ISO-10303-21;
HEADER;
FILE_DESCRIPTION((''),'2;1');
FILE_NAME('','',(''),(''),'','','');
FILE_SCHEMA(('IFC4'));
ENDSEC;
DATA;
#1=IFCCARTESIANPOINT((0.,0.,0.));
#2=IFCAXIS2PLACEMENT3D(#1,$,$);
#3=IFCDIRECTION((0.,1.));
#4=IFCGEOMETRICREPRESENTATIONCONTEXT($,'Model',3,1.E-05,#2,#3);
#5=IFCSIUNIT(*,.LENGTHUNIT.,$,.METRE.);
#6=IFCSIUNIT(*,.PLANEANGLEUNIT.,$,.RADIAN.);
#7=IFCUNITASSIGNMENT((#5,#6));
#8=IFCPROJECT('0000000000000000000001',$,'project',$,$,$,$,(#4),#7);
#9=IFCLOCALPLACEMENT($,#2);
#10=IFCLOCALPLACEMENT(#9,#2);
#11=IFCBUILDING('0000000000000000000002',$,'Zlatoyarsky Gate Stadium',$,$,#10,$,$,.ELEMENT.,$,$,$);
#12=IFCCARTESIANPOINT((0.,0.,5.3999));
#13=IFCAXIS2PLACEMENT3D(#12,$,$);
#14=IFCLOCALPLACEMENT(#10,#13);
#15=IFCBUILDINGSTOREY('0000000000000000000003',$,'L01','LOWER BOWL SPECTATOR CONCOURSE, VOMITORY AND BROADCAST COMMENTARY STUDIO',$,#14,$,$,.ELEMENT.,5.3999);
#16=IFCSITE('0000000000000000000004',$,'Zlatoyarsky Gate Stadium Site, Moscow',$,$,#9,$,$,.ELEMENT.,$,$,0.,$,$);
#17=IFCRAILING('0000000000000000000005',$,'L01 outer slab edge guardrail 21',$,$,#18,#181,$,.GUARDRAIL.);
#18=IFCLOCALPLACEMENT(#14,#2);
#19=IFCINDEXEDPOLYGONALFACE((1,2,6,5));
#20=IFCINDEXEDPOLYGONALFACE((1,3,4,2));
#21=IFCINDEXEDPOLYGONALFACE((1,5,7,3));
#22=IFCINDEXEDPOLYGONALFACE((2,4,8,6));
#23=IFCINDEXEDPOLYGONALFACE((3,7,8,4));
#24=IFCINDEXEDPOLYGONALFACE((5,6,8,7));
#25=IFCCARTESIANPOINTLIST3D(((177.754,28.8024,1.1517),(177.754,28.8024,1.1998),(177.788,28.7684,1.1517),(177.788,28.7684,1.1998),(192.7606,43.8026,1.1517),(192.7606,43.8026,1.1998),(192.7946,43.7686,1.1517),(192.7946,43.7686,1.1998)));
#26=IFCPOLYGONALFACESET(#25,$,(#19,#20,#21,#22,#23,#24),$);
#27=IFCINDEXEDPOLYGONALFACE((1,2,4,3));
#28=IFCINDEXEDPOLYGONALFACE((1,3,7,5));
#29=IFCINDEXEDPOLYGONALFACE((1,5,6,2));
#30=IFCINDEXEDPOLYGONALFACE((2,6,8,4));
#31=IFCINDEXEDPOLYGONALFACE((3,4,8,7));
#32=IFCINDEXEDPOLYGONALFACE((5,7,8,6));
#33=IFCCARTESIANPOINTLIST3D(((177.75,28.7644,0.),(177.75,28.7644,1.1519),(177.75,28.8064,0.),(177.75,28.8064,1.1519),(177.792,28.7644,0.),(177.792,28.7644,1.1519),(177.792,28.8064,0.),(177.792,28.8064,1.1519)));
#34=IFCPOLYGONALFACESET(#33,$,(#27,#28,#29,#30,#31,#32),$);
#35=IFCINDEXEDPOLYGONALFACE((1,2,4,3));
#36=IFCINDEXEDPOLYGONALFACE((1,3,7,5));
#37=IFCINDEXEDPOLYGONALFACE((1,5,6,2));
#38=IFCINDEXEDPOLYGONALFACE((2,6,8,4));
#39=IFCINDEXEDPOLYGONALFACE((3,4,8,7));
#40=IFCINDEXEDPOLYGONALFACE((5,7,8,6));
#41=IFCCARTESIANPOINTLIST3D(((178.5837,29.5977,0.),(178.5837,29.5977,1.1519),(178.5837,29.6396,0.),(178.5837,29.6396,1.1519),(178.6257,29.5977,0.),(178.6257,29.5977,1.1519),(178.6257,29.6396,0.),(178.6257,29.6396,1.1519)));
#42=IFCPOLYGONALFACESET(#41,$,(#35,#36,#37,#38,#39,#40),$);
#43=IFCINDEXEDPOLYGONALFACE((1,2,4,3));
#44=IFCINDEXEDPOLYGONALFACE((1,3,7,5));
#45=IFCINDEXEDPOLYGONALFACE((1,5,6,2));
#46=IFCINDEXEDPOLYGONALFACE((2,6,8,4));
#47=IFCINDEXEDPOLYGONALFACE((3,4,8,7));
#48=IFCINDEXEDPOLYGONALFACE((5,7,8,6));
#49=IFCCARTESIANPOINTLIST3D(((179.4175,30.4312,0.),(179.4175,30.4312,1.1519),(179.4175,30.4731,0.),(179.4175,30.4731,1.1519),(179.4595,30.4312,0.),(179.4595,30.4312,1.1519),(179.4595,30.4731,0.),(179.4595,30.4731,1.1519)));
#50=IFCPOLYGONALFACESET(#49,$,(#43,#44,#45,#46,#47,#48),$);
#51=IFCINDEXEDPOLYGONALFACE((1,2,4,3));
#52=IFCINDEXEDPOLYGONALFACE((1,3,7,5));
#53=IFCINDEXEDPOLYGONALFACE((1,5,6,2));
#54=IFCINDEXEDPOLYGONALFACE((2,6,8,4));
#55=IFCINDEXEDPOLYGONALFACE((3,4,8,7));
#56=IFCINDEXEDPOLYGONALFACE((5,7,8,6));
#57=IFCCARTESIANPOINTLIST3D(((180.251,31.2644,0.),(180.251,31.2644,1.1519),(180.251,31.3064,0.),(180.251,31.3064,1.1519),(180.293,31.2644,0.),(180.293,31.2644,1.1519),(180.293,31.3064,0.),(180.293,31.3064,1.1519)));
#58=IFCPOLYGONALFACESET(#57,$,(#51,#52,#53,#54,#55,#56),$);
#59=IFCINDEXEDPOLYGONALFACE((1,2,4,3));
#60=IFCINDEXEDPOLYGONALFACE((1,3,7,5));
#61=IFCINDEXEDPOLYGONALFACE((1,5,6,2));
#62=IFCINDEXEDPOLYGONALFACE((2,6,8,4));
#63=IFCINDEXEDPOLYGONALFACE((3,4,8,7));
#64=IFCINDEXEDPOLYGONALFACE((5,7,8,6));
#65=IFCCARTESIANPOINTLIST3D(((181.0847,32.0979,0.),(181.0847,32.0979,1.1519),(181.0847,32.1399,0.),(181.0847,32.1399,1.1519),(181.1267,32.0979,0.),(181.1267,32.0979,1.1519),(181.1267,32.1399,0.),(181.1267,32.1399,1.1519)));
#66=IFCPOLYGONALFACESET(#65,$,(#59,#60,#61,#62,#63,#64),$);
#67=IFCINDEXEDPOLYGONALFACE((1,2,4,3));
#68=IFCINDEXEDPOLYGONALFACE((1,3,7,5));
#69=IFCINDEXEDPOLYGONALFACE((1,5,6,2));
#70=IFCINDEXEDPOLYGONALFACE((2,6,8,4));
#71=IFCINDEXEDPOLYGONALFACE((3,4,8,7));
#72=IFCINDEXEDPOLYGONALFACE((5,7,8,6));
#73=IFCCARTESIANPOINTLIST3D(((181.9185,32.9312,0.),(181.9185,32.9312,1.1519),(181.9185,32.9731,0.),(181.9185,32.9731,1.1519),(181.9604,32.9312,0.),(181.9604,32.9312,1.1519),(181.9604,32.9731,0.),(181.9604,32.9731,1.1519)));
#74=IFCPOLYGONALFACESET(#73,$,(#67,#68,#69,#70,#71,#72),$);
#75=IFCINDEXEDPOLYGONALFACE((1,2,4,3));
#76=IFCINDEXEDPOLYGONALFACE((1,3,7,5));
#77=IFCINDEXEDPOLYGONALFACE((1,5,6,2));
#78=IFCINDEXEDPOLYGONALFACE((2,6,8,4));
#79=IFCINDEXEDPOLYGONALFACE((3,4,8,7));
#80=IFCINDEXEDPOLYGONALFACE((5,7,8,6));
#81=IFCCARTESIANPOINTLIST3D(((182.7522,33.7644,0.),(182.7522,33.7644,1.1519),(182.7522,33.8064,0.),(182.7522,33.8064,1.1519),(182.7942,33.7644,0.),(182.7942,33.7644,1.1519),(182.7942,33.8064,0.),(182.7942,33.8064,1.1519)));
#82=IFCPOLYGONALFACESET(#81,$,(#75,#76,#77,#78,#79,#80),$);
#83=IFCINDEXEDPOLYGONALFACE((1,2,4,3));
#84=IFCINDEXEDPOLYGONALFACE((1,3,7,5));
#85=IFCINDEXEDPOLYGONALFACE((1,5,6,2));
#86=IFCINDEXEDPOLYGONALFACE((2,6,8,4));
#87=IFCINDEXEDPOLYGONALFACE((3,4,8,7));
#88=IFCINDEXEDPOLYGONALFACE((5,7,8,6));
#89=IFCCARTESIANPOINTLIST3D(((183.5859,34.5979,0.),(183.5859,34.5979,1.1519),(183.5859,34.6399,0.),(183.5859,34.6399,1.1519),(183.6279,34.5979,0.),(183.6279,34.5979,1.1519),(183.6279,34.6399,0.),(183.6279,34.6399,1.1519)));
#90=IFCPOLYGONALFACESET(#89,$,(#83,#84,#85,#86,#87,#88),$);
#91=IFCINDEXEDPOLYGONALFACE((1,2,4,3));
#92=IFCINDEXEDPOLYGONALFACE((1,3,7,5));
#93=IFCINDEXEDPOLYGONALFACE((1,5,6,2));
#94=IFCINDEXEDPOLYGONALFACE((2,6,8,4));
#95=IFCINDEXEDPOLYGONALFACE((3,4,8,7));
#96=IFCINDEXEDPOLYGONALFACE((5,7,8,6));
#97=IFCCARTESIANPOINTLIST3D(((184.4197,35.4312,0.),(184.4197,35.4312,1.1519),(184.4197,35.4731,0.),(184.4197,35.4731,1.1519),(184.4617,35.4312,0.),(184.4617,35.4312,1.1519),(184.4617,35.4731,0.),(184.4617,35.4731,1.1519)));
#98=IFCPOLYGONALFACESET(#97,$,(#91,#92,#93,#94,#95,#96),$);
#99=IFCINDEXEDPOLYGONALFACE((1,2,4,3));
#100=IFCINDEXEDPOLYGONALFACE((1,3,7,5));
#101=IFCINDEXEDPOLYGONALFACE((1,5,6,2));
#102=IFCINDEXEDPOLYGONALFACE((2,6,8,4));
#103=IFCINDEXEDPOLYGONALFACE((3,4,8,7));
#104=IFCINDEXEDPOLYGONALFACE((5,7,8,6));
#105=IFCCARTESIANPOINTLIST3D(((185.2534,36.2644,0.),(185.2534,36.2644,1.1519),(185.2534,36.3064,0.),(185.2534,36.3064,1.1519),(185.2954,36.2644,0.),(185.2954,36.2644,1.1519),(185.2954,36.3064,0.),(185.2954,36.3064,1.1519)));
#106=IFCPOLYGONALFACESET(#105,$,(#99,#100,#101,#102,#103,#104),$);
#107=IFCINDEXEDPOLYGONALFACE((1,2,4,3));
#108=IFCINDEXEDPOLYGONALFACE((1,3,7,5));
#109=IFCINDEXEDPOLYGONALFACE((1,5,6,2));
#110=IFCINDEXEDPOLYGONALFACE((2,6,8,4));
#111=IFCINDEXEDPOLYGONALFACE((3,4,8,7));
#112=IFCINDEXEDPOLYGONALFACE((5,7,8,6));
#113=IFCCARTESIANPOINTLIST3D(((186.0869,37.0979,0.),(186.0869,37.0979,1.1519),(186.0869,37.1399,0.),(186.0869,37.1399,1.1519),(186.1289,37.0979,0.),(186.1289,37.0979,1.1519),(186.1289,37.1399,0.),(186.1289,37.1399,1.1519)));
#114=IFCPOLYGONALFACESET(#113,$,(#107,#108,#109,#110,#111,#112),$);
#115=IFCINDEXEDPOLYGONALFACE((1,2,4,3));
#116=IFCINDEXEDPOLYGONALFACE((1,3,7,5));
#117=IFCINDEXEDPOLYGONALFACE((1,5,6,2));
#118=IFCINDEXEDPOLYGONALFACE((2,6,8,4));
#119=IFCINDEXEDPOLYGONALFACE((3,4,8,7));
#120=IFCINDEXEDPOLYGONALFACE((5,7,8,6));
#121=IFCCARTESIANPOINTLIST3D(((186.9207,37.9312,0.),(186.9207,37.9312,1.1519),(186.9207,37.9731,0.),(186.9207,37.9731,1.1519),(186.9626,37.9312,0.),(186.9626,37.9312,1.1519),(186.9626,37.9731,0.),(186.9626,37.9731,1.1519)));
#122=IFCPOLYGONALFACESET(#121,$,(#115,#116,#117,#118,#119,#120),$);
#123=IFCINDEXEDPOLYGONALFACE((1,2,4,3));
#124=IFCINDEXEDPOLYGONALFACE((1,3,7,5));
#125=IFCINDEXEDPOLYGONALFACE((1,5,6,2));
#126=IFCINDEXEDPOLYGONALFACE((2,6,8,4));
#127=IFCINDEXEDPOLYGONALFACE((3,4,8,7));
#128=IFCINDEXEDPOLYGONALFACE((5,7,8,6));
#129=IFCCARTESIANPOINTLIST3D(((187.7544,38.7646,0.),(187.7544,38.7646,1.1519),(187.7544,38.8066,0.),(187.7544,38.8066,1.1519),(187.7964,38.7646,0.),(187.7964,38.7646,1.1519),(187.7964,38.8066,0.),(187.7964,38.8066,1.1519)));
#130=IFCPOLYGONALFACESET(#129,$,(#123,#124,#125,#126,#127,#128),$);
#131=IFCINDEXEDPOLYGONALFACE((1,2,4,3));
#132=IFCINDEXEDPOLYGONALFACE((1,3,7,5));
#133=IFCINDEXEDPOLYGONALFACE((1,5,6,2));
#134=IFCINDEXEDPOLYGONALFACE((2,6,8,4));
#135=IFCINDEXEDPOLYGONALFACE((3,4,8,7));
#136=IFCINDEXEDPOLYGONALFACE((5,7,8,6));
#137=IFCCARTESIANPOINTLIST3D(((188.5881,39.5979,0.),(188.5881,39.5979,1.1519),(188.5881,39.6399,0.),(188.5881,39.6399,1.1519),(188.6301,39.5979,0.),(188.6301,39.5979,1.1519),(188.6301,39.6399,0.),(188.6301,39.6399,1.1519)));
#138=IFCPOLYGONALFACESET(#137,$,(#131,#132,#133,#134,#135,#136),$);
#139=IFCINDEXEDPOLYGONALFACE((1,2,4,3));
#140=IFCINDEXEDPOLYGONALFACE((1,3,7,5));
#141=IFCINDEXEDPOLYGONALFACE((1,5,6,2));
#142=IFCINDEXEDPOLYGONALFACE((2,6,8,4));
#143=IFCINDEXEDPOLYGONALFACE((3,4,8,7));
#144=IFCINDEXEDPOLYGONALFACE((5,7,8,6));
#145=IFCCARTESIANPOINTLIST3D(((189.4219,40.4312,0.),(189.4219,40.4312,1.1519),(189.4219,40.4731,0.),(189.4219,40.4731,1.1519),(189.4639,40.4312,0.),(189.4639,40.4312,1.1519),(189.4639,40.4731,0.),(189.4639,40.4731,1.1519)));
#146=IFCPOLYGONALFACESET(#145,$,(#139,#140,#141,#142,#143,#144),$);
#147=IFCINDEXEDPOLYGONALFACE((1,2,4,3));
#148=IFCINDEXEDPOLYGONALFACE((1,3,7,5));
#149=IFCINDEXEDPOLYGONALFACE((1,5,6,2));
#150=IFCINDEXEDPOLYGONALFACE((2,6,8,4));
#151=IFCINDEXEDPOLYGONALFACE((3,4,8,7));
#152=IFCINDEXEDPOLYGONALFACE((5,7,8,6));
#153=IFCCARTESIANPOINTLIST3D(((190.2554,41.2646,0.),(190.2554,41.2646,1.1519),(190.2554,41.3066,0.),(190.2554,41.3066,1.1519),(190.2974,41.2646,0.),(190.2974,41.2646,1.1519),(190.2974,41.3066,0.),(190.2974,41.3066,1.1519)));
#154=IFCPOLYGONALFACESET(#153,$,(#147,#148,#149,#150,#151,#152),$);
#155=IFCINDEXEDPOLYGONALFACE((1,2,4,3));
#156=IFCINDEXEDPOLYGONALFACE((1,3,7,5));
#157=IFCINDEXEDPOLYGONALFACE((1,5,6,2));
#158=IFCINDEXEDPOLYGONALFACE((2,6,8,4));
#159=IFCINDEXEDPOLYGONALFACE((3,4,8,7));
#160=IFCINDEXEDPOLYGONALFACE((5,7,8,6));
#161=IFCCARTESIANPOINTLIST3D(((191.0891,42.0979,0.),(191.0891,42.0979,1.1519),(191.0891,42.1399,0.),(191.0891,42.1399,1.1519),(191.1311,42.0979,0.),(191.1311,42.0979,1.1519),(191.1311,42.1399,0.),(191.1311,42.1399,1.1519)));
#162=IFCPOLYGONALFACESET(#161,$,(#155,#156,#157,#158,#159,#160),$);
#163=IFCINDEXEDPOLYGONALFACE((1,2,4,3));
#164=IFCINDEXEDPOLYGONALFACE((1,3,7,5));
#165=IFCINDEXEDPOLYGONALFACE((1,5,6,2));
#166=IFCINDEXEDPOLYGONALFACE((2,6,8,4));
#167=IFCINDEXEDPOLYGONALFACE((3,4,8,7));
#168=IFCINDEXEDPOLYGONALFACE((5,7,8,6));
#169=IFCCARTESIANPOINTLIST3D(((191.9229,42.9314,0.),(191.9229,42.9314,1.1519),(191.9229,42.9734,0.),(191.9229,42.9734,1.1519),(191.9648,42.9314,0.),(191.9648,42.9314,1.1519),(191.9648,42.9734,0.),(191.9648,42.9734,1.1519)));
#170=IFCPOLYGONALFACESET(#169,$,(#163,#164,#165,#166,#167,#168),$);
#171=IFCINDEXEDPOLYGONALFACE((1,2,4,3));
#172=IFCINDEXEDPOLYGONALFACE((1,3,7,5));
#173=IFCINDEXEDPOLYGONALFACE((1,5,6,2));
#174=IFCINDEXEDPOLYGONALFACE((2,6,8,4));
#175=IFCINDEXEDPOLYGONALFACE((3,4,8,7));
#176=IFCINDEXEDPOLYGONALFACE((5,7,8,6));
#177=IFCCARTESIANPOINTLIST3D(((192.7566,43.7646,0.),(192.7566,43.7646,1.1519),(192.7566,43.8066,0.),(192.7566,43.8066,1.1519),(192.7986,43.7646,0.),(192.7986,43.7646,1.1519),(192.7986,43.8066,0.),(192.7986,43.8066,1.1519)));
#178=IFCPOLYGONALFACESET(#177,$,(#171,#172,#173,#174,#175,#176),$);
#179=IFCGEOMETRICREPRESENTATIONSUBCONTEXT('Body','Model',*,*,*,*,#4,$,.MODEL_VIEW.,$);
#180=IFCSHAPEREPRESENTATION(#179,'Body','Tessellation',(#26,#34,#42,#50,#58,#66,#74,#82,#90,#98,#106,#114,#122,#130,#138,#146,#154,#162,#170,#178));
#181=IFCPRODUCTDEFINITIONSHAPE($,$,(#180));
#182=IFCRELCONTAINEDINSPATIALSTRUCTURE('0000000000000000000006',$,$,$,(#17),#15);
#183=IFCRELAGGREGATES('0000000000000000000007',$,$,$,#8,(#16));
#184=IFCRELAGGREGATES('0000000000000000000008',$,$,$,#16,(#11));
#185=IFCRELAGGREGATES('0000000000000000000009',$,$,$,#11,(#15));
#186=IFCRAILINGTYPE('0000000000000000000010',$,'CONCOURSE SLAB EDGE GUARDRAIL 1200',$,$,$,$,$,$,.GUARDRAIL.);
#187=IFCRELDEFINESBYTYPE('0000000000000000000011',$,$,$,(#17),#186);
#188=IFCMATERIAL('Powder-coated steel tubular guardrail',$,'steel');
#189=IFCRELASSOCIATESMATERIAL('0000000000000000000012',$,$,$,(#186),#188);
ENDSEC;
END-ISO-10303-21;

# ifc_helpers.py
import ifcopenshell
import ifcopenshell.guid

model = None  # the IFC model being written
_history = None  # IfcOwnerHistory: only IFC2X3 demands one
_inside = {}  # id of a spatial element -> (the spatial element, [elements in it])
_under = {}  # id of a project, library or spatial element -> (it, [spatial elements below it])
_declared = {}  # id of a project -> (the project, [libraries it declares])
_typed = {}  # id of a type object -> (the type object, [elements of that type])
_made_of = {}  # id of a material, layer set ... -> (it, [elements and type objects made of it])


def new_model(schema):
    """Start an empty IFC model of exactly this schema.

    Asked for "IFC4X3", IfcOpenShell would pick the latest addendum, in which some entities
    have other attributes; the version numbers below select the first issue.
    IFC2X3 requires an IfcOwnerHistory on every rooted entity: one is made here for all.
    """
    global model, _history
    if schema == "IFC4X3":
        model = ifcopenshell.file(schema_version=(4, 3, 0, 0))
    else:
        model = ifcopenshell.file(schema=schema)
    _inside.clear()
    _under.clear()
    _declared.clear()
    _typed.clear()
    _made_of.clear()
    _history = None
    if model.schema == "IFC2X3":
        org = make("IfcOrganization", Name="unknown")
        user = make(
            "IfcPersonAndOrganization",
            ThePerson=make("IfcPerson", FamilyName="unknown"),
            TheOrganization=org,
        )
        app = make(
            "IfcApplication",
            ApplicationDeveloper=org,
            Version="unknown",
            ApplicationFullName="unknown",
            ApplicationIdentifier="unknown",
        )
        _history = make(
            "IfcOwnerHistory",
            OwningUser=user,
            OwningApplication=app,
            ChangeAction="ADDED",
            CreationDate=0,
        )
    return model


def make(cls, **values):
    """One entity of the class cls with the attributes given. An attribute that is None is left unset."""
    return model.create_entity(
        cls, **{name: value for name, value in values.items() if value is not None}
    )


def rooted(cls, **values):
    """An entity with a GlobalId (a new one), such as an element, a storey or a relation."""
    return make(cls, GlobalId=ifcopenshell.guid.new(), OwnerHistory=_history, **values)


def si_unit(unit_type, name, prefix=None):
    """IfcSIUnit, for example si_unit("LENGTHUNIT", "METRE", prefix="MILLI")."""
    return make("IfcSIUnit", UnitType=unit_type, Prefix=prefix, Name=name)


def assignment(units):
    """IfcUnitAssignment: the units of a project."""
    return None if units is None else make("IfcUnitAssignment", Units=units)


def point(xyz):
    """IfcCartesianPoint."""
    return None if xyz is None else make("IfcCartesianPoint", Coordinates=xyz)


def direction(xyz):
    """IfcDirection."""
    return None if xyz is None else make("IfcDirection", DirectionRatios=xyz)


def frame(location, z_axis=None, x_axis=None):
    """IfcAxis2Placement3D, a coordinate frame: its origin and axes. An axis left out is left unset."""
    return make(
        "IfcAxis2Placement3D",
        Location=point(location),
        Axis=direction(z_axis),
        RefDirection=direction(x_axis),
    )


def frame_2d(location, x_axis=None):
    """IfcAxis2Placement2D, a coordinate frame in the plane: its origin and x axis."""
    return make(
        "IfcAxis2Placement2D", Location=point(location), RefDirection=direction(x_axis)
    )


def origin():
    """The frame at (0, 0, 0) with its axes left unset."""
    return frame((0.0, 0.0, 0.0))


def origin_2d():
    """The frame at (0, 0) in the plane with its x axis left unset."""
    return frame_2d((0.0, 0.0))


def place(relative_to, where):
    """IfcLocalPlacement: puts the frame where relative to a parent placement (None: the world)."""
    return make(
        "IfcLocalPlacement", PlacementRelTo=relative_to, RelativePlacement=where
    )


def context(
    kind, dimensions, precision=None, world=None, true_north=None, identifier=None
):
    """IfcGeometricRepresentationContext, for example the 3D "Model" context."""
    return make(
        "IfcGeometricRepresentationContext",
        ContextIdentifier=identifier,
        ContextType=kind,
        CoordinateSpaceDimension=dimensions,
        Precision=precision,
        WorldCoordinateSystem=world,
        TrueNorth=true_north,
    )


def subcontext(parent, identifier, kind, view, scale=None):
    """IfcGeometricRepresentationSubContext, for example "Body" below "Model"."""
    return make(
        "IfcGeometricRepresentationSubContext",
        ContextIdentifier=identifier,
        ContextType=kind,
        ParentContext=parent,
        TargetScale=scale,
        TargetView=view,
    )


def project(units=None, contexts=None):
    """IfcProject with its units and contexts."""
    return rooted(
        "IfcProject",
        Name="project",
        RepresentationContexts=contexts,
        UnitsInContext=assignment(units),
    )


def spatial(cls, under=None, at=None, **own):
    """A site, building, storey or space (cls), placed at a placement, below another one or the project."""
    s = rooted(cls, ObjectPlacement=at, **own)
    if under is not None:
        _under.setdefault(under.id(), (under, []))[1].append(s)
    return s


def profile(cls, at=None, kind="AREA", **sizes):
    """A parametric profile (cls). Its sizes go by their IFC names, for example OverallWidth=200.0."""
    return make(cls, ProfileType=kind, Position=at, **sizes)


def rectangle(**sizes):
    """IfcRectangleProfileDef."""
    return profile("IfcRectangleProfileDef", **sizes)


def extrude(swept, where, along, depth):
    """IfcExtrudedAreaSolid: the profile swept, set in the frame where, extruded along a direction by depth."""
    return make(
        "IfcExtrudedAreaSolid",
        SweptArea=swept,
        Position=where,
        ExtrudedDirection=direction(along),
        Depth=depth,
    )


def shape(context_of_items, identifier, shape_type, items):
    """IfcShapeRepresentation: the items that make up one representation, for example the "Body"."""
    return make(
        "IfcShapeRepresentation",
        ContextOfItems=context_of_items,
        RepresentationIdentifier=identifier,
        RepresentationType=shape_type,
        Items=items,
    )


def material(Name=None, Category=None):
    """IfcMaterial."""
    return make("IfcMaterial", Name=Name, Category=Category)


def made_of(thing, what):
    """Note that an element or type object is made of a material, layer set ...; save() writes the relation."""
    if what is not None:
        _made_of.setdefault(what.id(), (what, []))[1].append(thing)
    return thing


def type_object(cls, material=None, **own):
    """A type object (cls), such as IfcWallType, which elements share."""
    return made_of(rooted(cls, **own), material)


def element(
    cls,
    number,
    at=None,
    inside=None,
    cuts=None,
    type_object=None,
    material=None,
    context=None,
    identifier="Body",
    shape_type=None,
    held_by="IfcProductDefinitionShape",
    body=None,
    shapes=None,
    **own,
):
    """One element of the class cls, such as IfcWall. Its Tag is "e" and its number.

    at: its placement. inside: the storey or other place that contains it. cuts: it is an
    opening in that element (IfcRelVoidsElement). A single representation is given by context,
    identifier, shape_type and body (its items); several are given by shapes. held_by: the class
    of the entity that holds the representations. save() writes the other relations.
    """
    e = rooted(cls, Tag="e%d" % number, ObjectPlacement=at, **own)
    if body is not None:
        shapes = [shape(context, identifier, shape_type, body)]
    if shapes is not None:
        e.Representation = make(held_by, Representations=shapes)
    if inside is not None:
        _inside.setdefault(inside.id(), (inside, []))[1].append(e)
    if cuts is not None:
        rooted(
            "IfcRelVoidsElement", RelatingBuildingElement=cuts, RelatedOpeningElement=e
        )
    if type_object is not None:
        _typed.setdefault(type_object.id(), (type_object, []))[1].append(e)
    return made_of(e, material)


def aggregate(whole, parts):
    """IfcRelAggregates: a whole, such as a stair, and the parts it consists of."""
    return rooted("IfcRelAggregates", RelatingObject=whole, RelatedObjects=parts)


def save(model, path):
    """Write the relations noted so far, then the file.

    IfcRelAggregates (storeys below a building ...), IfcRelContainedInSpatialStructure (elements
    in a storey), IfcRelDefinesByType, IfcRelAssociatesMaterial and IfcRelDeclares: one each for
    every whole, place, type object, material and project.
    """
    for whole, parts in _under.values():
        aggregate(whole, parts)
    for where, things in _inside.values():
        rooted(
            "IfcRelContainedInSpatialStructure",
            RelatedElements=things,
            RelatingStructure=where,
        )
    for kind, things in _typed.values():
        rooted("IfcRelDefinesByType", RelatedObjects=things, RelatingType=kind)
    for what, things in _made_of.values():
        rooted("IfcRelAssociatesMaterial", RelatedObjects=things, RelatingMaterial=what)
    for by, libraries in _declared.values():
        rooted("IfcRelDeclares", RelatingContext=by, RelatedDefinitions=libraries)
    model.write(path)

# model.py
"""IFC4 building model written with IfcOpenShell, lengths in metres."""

from ifc_helpers import new_model, si_unit, direction, frame, origin, origin_2d, place, context, subcontext, project, spatial, rectangle, extrude, material, type_object, element, save


model = new_model("IFC4")

# Units and contexts
model_context = context("Model", 3, precision=1e-05, world=origin(), true_north=direction((0.0, 1.0)))
body_context = subcontext(model_context, "Body", "Model", "MODEL_VIEW")
ifc_project = project(units=[si_unit("LENGTHUNIT", "METRE"), si_unit("PLANEANGLEUNIT", "RADIAN")], contexts=[model_context])

# Site, building, storey
site_placement = place(None, origin())
site = spatial("IfcSite", under=ifc_project, at=site_placement, Name="Zlatoyarsky Gate Stadium Site, Moscow", CompositionType="ELEMENT", RefElevation=0.0)
building_placement = place(site_placement, origin())
building = spatial("IfcBuilding", under=site, at=building_placement, Name="Zlatoyarsky Gate Stadium", CompositionType="ELEMENT")
storey_placement = place(building_placement, frame((0.0, 0.0, 5.3999)))
storey = spatial("IfcBuildingStorey", under=building, at=storey_placement, Name="L01", Description="LOWER BOWL SPECTATOR CONCOURSE, VOMITORY AND BROADCAST COMMENTARY STUDIO", CompositionType="ELEMENT", Elevation=5.3999)

# Railing
ifc_material_1 = material(Name="Powder-coated steel tubular guardrail", Category="steel")
railing_type = type_object("IfcRailingType", Name="CONCOURSE SLAB EDGE GUARDRAIL 1200", PredefinedType="GUARDRAIL", material=ifc_material_1)
railing_placement = place(storey_placement, frame((177.771, 28.7854, 0.0)))
element("IfcRailing", 1, at=railing_placement, inside=storey, type_object=railing_type, Name="L01 outer slab edge guardrail 21", PredefinedType="GUARDRAIL", context=body_context, shape_type="SweptSolid", body=[
    extrude(rectangle(XDim=0.0481, YDim=0.0481, at=origin_2d()), frame((0.0, 0.0, 1.1758), z_axis=(0.707256, 0.706957, 0.0), x_axis=(-0.706957, 0.707256, 0.0)), (0.0, 0.0, 1.0), 21.218),
    extrude(rectangle(XDim=0.042, YDim=0.042, at=origin_2d()), origin(), (0.0, 0.0, 1.0), 1.1519),
    extrude(rectangle(XDim=0.042, YDim=0.042, at=origin_2d()), frame((0.8337, 0.8333, 0.0)), (0.0, 0.0, 1.0), 1.1519),
    extrude(rectangle(XDim=0.042, YDim=0.042, at=origin_2d()), frame((1.6675, 1.6667, 0.0)), (0.0, 0.0, 1.0), 1.1519),
    extrude(rectangle(XDim=0.042, YDim=0.042, at=origin_2d()), frame((2.501, 2.5, 0.0)), (0.0, 0.0, 1.0), 1.1519),
    extrude(rectangle(XDim=0.042, YDim=0.042, at=origin_2d()), frame((3.3347, 3.3335, 0.0)), (0.0, 0.0, 1.0), 1.1519),
    extrude(rectangle(XDim=0.042, YDim=0.042, at=origin_2d()), frame((4.1685, 4.1667, 0.0)), (0.0, 0.0, 1.0), 1.1519),
    extrude(rectangle(XDim=0.042, YDim=0.042, at=origin_2d()), frame((5.0022, 5.0, 0.0)), (0.0, 0.0, 1.0), 1.1519),
    extrude(rectangle(XDim=0.042, YDim=0.042, at=origin_2d()), frame((5.8359, 5.8335, 0.0)), (0.0, 0.0, 1.0), 1.1519),
    extrude(rectangle(XDim=0.042, YDim=0.042, at=origin_2d()), frame((6.6697, 6.6667, 0.0)), (0.0, 0.0, 1.0), 1.1519),
    extrude(rectangle(XDim=0.042, YDim=0.042, at=origin_2d()), frame((7.5034, 7.5, 0.0)), (0.0, 0.0, 1.0), 1.1519),
    extrude(rectangle(XDim=0.042, YDim=0.042, at=origin_2d()), frame((8.3369, 8.3335, 0.0)), (0.0, 0.0, 1.0), 1.1519),
    extrude(rectangle(XDim=0.042, YDim=0.042, at=origin_2d()), frame((9.1707, 9.1667, 0.0)), (0.0, 0.0, 1.0), 1.1519),
    extrude(rectangle(XDim=0.042, YDim=0.042, at=origin_2d()), frame((10.0044, 10.0002, 0.0)), (0.0, 0.0, 1.0), 1.1519),
    extrude(rectangle(XDim=0.042, YDim=0.042, at=origin_2d()), frame((10.8381, 10.8335, 0.0)), (0.0, 0.0, 1.0), 1.1519),
    extrude(rectangle(XDim=0.042, YDim=0.042, at=origin_2d()), frame((11.6719, 11.6667, 0.0)), (0.0, 0.0, 1.0), 1.1519),
    extrude(rectangle(XDim=0.042, YDim=0.042, at=origin_2d()), frame((12.5054, 12.5002, 0.0)), (0.0, 0.0, 1.0), 1.1519),
    extrude(rectangle(XDim=0.042, YDim=0.042, at=origin_2d()), frame((13.3391, 13.3335, 0.0)), (0.0, 0.0, 1.0), 1.1519),
    extrude(rectangle(XDim=0.042, YDim=0.042, at=origin_2d()), frame((14.1729, 14.167, 0.0)), (0.0, 0.0, 1.0), 1.1519),
    extrude(rectangle(XDim=0.042, YDim=0.042, at=origin_2d()), frame((15.0066, 15.0002, 0.0)), (0.0, 0.0, 1.0), 1.1519),
])

save(model, "model.ifc")
